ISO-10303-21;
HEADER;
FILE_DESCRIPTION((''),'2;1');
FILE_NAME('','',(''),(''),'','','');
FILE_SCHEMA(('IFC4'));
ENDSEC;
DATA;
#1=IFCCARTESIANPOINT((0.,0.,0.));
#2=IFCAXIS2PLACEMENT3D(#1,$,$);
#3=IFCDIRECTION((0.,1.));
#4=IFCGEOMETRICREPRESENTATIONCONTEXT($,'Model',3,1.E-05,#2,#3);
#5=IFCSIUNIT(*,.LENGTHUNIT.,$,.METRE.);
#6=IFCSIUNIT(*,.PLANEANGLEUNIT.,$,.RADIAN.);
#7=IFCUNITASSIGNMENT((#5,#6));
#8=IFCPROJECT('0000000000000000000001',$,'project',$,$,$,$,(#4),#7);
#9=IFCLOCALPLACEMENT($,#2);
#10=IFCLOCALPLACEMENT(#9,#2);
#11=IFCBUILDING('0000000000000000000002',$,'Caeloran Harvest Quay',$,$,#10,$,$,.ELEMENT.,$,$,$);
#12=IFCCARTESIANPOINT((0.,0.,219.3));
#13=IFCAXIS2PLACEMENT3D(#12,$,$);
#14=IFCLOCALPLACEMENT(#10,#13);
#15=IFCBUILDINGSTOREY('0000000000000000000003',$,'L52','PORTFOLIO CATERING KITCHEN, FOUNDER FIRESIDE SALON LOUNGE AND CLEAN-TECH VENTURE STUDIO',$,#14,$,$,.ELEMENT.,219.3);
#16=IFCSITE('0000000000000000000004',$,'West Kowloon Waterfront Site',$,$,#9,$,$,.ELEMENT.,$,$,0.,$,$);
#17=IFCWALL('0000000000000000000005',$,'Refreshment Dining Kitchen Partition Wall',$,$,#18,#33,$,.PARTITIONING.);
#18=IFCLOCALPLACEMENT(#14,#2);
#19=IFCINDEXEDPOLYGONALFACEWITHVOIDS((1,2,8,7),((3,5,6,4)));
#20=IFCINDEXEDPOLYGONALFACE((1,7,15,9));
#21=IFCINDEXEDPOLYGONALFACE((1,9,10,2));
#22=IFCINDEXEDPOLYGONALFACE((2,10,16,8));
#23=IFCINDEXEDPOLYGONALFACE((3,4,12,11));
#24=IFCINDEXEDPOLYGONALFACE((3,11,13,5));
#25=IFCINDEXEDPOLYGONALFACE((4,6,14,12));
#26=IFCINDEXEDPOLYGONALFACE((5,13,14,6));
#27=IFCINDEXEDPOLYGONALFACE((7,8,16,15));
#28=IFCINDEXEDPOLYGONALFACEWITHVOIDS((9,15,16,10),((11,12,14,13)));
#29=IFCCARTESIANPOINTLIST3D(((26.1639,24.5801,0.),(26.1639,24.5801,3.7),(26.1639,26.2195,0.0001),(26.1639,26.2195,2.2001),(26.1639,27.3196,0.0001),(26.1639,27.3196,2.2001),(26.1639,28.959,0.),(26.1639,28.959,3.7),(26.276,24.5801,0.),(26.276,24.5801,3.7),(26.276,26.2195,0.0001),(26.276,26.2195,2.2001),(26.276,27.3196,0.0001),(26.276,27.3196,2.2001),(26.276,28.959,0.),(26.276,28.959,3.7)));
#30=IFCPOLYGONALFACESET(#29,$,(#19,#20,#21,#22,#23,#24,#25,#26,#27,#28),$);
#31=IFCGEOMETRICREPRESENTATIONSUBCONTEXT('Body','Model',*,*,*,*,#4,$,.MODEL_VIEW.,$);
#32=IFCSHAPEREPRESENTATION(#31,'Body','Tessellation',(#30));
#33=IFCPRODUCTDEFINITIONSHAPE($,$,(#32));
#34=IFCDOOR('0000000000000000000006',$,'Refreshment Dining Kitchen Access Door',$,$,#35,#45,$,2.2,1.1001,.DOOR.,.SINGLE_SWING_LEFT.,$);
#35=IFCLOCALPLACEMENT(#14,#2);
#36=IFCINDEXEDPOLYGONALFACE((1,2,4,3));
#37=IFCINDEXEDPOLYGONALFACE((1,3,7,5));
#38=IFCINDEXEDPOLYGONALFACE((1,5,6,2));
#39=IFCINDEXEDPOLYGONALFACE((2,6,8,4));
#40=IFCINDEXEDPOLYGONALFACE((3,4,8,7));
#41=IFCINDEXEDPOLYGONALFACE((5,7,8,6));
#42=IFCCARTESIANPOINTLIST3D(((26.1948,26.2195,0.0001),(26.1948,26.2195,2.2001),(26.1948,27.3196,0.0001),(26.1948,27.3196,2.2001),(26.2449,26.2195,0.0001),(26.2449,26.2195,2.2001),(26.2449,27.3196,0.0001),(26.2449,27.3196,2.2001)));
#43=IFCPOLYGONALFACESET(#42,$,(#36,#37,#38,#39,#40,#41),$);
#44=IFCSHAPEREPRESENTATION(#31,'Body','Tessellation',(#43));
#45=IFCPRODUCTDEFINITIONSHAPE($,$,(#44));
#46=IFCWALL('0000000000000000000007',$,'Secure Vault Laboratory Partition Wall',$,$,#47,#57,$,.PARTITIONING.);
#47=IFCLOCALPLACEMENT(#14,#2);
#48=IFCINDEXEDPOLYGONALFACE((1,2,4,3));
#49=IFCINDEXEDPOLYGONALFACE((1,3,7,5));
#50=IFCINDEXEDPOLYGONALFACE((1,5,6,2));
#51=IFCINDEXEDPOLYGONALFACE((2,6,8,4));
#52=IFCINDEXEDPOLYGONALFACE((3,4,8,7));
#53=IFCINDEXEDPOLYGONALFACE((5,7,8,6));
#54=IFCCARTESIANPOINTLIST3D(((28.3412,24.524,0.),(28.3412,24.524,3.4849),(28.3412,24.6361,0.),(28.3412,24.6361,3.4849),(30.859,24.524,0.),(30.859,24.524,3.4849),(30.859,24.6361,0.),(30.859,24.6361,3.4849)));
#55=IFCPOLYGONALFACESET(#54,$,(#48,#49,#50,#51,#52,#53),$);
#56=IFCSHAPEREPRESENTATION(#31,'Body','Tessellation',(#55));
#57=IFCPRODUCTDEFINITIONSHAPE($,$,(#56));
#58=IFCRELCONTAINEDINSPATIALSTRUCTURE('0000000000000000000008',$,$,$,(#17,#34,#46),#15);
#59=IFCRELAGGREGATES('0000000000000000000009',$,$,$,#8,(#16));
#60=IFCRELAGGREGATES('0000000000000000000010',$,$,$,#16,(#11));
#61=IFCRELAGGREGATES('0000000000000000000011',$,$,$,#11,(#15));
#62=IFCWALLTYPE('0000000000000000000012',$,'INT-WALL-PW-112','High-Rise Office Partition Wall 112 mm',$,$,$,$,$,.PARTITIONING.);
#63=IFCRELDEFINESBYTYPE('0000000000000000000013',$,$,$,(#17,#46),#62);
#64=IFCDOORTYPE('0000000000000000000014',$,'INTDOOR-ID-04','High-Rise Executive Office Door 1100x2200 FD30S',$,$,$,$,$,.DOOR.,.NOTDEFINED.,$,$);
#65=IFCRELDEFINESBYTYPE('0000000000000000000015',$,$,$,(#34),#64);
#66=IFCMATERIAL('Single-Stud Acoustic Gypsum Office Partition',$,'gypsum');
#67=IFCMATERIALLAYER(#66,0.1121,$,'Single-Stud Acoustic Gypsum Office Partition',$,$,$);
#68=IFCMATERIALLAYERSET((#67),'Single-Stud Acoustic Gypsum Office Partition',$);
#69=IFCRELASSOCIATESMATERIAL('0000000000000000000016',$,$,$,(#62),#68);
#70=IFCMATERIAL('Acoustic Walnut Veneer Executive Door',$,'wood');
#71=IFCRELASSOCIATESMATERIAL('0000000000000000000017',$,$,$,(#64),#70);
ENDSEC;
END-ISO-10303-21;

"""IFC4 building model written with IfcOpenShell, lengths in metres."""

from ifc_helpers import new_model, si_unit, direction, frame, frame_2d, origin, place, context, subcontext, project, spatial, rectangle, extrude, material, layer, layer_set, type_object, element, fill, save


model = new_model("IFC4")

# Units and contexts
model_context = context("Model", 3, precision=1e-05, world=origin(), true_north=direction((0.0, 1.0)))
body_context = subcontext(model_context, "Body", "Model", "MODEL_VIEW")
ifc_project = project(units=[si_unit("LENGTHUNIT", "METRE"), si_unit("PLANEANGLEUNIT", "RADIAN")], contexts=[model_context])

# Site, building, storey
site_placement = place(None, origin())
site = spatial("IfcSite", under=ifc_project, at=site_placement, Name="West Kowloon Waterfront Site", CompositionType="ELEMENT", RefElevation=0.0)
building_placement = place(site_placement, origin())
building = spatial("IfcBuilding", under=site, at=building_placement, Name="Caeloran Harvest Quay", CompositionType="ELEMENT")
storey_placement = place(building_placement, frame((0.0, 0.0, 219.3)))
storey = spatial("IfcBuildingStorey", under=building, at=storey_placement, Name="L52", Description="PORTFOLIO CATERING KITCHEN, FOUNDER FIRESIDE SALON LOUNGE AND CLEAN-TECH VENTURE STUDIO", CompositionType="ELEMENT", Elevation=219.3)

# Wall, opening, door
ifc_material_1 = material(Name="Single-Stud Acoustic Gypsum Office Partition", Category="gypsum")
ifc_layer = layer(ifc_material_1, 0.1121, Name="Single-Stud Acoustic Gypsum Office Partition")
ifc_layer_set = layer_set([ifc_layer], Name="Single-Stud Acoustic Gypsum Office Partition")
wall_type = type_object("IfcWallType", Name="INT-WALL-PW-112", Description="High-Rise Office Partition Wall 112 mm", PredefinedType="PARTITIONING", material=ifc_layer_set)
wall_1_placement = place(storey_placement, frame((26.22, 28.959, 0.0), z_axis=(0.0, 0.0, 1.0), x_axis=(0.0, -1.0, 0.0)))
wall_1 = element("IfcWall", 1, at=wall_1_placement, inside=storey, type_object=wall_type, Name="Refreshment Dining Kitchen Partition Wall", PredefinedType="PARTITIONING", context=body_context, shape_type="SweptSolid", body=[
    extrude(rectangle(XDim=4.3789, YDim=0.1121, at=frame_2d((2.1895, 0.0))), origin(), (0.0, 0.0, 1.0), 3.7),
])
opening_placement = place(wall_1_placement, frame((1.6394, 0.0, 0.0)))
opening = element("IfcOpeningElement", 2, at=opening_placement, cuts=wall_1, PredefinedType="OPENING", context=body_context, shape_type="SweptSolid", body=[
    extrude(rectangle(XDim=1.1001, YDim=2.2, at=frame_2d((0.55, 1.1001))), frame((0.0, 0.0659, 0.0), z_axis=(0.0, -1.0, 0.0), x_axis=(1.0, 0.0, 0.0)), (0.0, 0.0, 1.0), 0.1321),
])
ifc_material_2 = material(Name="Acoustic Walnut Veneer Executive Door", Category="wood")
door_type = type_object("IfcDoorType", Name="INTDOOR-ID-04", Description="High-Rise Executive Office Door 1100x2200 FD30S", OperationType="NOTDEFINED", PredefinedType="DOOR", material=ifc_material_2)
door_placement = place(opening_placement, origin())
door = element("IfcDoor", 3, at=door_placement, inside=storey, type_object=door_type, Name="Refreshment Dining Kitchen Access Door", OperationType="SINGLE_SWING_LEFT", OverallHeight=2.2, OverallWidth=1.1001, PredefinedType="DOOR", context=body_context, shape_type="SweptSolid", body=[
    extrude(rectangle(XDim=1.1001, YDim=2.2, at=frame_2d((0.55, 1.1001))), frame((0.0, 0.0249, 0.0), z_axis=(0.0, -1.0, 0.0), x_axis=(1.0, 0.0, 0.0)), (0.0, 0.0, 1.0), 0.05),
])
fill(opening, door)

# Wall
wall_2_placement = place(storey_placement, frame((30.8589, 24.5801, 0.0), z_axis=(0.0, 0.0, 1.0), x_axis=(-1.0, 0.0, 0.0)))
element("IfcWall", 4, at=wall_2_placement, inside=storey, type_object=wall_type, Name="Secure Vault Laboratory Partition Wall", PredefinedType="PARTITIONING", context=body_context, shape_type="SweptSolid", body=[
    extrude(rectangle(XDim=2.5178, YDim=0.1121, at=frame_2d((1.2588, 0.0))), origin(), (0.0, 0.0, 1.0), 3.4849),
])

save(model, "model.ifc")
